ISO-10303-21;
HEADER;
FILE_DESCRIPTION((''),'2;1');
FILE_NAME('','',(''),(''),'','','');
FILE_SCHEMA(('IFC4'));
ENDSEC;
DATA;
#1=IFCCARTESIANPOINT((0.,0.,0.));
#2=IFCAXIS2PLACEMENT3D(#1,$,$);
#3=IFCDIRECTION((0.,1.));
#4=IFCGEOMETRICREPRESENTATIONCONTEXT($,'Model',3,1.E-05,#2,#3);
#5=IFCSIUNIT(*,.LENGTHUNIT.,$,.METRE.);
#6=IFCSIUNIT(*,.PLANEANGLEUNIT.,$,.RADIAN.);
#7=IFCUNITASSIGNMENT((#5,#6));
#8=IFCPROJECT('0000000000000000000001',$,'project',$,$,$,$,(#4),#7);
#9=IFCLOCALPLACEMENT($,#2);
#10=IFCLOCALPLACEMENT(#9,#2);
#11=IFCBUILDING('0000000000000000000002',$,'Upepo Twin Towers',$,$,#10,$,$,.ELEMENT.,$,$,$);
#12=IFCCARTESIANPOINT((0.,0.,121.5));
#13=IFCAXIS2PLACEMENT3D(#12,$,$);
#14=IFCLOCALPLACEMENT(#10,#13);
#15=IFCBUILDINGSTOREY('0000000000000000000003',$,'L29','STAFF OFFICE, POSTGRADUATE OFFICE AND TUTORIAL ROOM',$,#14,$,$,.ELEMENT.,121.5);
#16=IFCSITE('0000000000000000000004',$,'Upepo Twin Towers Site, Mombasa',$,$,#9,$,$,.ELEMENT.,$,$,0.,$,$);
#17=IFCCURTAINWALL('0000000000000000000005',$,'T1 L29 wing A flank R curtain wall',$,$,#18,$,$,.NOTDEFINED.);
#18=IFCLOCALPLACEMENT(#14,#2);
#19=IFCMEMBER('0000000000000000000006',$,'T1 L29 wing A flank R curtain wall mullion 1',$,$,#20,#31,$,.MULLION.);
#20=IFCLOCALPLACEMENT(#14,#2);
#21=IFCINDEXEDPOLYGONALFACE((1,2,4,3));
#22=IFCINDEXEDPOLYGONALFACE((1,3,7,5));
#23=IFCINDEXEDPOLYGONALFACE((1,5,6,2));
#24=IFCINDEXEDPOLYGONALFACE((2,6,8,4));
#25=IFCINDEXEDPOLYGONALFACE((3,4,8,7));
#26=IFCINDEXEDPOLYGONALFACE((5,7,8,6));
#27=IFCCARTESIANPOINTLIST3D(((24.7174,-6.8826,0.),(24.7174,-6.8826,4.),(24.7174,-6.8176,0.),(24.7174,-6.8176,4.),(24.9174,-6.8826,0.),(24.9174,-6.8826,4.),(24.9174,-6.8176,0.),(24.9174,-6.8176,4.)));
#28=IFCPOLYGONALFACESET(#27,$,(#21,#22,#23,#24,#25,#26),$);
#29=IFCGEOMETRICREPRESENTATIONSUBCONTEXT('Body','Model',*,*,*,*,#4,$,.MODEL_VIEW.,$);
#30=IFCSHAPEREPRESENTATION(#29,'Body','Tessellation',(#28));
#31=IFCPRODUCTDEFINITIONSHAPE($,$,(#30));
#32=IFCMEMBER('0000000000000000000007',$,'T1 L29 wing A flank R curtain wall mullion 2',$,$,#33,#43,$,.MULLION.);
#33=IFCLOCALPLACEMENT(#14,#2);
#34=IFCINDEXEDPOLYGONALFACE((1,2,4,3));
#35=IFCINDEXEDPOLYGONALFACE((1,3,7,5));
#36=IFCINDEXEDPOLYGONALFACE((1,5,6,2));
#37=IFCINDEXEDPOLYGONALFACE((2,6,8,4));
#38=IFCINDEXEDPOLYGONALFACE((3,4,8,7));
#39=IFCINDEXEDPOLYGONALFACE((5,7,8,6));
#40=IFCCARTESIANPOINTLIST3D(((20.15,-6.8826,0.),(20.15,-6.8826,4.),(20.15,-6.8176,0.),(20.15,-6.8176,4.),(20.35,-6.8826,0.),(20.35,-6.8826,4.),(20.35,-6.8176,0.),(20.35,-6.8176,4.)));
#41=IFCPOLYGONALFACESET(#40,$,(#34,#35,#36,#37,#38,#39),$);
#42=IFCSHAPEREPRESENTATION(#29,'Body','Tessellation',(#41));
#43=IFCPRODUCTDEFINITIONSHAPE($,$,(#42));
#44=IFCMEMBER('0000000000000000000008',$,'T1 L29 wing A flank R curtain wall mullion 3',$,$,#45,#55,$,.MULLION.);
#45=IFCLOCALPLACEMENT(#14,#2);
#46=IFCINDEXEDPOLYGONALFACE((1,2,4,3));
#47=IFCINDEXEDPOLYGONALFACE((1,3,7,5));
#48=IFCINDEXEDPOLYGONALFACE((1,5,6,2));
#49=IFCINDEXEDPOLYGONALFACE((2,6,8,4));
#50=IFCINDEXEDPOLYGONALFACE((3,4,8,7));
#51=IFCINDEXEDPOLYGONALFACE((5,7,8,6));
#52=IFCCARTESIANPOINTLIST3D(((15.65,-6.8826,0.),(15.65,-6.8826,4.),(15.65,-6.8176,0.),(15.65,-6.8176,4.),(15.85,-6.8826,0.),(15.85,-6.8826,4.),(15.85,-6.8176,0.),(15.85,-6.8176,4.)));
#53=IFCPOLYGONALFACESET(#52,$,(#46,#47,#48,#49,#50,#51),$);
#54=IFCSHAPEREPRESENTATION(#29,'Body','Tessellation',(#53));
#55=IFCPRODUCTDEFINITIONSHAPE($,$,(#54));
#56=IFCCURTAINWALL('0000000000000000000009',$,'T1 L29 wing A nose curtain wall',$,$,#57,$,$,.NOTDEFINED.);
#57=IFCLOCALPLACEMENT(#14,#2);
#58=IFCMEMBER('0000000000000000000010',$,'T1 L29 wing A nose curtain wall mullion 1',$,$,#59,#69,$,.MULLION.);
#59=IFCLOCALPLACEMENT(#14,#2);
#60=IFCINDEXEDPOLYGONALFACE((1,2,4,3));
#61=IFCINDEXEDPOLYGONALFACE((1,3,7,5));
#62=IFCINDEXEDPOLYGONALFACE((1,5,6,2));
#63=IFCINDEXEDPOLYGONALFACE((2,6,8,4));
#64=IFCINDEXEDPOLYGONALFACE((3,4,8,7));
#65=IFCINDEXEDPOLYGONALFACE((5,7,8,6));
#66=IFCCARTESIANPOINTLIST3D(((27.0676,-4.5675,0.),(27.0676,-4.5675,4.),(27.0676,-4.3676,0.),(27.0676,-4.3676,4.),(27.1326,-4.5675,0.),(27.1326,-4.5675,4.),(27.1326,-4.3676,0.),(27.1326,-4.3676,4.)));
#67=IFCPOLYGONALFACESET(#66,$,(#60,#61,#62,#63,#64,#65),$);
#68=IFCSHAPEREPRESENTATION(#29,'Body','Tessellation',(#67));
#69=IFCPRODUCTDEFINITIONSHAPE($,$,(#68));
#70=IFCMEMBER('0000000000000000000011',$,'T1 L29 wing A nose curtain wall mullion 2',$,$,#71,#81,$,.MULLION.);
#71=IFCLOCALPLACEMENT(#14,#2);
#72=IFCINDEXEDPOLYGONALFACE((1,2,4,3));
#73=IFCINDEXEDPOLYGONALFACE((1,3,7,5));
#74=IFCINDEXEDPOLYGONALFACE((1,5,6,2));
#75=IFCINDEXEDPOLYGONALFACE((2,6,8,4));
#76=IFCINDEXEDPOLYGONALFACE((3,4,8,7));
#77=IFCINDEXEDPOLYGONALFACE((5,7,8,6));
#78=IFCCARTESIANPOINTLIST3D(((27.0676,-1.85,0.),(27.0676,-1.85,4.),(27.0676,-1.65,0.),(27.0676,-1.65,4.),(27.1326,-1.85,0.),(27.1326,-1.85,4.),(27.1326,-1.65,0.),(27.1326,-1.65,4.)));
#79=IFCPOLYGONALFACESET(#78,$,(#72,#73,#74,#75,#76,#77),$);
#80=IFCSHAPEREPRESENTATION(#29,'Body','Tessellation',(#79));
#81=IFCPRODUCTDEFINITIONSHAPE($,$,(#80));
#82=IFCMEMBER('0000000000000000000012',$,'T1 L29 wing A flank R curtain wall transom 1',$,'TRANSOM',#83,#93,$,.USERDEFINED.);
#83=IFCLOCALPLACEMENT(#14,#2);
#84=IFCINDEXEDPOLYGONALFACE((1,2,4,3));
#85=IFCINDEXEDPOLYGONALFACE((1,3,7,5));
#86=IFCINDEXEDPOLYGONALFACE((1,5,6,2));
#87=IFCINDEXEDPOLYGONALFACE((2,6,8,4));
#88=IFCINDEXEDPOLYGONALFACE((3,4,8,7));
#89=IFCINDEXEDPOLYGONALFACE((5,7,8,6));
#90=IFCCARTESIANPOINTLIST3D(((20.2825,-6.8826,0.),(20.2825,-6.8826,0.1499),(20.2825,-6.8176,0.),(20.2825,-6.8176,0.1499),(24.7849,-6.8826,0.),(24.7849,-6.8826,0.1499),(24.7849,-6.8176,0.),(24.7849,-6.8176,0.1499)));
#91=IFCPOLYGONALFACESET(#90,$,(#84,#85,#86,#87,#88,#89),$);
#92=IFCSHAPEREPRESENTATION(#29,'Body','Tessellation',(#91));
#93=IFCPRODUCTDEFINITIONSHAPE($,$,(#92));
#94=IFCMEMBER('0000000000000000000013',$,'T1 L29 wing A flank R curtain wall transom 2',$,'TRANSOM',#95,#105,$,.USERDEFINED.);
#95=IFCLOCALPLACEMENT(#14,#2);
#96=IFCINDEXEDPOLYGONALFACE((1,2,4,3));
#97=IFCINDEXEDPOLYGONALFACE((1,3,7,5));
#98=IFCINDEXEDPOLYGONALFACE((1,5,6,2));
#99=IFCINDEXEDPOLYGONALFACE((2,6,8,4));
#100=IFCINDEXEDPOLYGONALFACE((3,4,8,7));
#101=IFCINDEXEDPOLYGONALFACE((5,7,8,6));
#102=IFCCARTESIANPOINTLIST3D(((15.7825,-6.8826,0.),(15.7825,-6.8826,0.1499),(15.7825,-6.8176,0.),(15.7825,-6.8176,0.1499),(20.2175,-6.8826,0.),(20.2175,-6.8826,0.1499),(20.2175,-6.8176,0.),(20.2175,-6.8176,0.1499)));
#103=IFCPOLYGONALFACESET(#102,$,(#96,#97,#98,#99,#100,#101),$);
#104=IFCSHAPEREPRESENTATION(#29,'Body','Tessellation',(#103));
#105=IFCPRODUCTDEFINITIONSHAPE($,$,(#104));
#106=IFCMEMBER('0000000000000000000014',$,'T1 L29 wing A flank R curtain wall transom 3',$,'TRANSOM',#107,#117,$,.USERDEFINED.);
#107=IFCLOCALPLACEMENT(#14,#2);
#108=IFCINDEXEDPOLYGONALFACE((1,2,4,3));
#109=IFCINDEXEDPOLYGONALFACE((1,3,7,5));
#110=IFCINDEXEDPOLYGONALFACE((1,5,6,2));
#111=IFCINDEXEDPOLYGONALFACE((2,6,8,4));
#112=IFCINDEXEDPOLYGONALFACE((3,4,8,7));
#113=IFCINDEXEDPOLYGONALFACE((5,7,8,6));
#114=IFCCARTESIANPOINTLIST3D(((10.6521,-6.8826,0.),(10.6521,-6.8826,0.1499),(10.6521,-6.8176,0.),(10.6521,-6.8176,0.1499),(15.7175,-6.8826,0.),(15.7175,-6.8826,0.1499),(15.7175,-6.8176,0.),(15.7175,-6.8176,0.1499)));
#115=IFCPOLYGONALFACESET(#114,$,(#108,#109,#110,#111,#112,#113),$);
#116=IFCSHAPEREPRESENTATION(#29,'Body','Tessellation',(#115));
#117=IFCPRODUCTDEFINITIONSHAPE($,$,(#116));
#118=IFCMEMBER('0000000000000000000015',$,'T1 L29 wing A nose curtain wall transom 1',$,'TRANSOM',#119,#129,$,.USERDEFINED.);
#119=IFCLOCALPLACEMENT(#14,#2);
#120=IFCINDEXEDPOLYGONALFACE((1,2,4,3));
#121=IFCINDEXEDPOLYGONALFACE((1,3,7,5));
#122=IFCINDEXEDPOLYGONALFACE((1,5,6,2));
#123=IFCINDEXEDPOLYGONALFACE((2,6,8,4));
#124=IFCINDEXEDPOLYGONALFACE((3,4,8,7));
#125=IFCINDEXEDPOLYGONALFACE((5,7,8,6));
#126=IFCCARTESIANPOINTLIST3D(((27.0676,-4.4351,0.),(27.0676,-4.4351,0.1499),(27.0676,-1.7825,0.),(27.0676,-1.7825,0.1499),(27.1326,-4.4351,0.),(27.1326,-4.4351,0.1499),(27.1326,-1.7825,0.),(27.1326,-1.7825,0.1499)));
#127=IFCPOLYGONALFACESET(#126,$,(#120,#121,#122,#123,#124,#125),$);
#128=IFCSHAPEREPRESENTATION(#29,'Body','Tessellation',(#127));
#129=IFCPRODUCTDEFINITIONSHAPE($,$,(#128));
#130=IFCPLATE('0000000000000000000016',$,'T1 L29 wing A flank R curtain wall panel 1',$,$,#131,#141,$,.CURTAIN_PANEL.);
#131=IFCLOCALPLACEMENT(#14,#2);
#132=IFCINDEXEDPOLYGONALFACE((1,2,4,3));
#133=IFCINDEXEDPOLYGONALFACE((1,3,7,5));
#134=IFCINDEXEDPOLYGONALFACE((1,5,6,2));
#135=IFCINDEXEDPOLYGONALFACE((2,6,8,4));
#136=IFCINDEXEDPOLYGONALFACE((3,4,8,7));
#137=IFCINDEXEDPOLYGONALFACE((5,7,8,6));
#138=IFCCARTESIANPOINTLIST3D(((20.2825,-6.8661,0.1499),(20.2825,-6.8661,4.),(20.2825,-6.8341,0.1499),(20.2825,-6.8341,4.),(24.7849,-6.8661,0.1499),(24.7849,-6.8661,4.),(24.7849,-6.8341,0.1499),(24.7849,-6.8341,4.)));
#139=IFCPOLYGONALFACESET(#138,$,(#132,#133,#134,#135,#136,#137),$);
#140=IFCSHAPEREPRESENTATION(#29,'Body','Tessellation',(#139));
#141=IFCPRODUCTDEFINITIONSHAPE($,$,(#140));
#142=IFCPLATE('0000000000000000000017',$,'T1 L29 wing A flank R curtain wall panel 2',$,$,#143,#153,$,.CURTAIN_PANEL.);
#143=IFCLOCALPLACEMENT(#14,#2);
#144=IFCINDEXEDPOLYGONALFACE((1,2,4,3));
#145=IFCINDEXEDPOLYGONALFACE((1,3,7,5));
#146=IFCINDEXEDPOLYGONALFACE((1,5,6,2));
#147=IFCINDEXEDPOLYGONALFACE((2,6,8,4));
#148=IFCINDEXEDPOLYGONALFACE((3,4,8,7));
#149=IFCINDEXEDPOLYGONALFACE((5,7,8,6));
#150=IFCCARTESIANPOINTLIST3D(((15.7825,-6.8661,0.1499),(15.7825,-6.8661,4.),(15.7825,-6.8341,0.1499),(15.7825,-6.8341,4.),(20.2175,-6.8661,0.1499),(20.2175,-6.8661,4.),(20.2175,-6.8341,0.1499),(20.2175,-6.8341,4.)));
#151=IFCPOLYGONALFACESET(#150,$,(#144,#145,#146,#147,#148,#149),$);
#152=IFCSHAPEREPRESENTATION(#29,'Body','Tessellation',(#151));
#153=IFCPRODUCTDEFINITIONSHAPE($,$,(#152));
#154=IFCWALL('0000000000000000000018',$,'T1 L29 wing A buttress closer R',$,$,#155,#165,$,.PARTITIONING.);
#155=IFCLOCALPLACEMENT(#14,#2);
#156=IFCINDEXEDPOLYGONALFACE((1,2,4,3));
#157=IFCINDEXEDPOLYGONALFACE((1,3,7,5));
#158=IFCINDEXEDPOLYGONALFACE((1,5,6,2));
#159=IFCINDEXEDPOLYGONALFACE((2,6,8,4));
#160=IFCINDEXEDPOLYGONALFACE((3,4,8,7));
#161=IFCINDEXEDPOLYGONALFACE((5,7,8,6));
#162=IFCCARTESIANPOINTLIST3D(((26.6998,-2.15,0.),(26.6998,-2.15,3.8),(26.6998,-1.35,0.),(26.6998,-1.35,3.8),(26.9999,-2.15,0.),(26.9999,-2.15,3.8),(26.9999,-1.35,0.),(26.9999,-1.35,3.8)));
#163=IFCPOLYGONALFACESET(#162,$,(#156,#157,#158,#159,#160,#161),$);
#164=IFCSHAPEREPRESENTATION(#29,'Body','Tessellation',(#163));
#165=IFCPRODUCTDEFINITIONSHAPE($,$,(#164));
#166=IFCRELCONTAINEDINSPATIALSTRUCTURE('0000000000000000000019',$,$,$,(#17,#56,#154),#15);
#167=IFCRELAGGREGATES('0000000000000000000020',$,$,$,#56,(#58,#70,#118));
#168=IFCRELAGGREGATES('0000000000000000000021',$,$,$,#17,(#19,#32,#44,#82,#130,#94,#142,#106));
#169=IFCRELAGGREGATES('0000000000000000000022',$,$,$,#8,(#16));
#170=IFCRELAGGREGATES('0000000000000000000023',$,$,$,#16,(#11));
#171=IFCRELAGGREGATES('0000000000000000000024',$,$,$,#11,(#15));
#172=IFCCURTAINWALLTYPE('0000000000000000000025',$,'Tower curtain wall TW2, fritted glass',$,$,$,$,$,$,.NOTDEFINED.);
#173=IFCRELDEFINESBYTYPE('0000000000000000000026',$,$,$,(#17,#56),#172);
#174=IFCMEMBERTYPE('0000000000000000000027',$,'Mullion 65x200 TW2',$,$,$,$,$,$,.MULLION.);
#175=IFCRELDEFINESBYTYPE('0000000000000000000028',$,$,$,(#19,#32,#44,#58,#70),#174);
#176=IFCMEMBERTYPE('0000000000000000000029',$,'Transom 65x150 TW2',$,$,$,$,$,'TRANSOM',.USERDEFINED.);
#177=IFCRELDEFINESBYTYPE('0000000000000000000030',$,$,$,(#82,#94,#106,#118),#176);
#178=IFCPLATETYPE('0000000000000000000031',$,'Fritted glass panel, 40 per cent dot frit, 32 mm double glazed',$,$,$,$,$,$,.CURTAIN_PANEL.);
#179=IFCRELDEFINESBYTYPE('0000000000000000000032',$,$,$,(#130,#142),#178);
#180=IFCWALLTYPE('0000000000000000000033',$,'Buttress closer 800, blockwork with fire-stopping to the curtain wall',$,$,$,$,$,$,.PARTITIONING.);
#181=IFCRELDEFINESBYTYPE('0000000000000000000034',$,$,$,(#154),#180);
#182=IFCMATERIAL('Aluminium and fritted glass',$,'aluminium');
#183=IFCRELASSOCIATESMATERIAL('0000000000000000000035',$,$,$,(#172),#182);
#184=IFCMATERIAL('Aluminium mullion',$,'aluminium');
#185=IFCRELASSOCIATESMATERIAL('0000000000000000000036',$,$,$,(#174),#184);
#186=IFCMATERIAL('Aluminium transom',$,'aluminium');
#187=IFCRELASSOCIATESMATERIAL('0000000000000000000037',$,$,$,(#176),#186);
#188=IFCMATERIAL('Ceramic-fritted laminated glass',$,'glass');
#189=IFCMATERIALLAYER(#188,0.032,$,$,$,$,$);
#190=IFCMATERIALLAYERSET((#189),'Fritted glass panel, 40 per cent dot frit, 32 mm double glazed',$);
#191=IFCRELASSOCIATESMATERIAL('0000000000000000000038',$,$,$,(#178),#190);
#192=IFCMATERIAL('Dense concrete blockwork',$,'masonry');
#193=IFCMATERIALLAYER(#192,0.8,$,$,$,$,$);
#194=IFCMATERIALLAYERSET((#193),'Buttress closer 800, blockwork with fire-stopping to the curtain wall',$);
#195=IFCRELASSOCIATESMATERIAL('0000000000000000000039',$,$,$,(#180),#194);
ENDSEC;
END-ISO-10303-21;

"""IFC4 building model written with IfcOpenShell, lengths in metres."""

from ifc_helpers import new_model, si_unit, direction, frame, frame_2d, origin, origin_2d, place, context, subcontext, project, spatial, rectangle, extrude, material, layer, layer_set, material_profile, profile_set, type_object, element, aggregate, save


model = new_model("IFC4")

# Units and contexts
model_context = context("Model", 3, precision=1e-05, world=origin(), true_north=direction((0.0, 1.0)))
body_context = subcontext(model_context, "Body", "Model", "MODEL_VIEW")
ifc_project = project(units=[si_unit("LENGTHUNIT", "METRE"), si_unit("PLANEANGLEUNIT", "RADIAN")], contexts=[model_context])

# Site, building, storey
site_placement = place(None, origin())
site = spatial("IfcSite", under=ifc_project, at=site_placement, Name="Upepo Twin Towers Site, Mombasa", CompositionType="ELEMENT", RefElevation=0.0)
building_placement = place(site_placement, origin())
building = spatial("IfcBuilding", under=site, at=building_placement, Name="Upepo Twin Towers", CompositionType="ELEMENT")
storey_placement = place(building_placement, frame((0.0, 0.0, 121.5)))
storey = spatial("IfcBuildingStorey", under=building, at=storey_placement, Name="L29", Description="STAFF OFFICE, POSTGRADUATE OFFICE AND TUTORIAL ROOM", CompositionType="ELEMENT", Elevation=121.5)

# Curtain walls, members
ifc_material_1 = material(Name="Aluminium and fritted glass", Category="aluminium")
curtain_wall_type = type_object("IfcCurtainWallType", Name="Tower curtain wall TW2, fritted glass", PredefinedType="NOTDEFINED", material=ifc_material_1)
curtain_wall_1_placement = place(storey_placement, origin())
curtain_wall_1 = element("IfcCurtainWall", 1, at=curtain_wall_1_placement, inside=storey, type_object=curtain_wall_type, Name="T1 L29 wing A flank R curtain wall", PredefinedType="NOTDEFINED")
ifc_material_2 = material(Name="Aluminium mullion", Category="aluminium")
ifc_material_profile_1 = material_profile(ifc_material_2, rectangle(XDim=0.0649, YDim=0.2, at=origin_2d()), Name="MULLION 65x200")
ifc_profile_set_1 = profile_set([ifc_material_profile_1], Name="Aluminium mullion")
member_type_1 = type_object("IfcMemberType", Name="Mullion 65x200 TW2", PredefinedType="MULLION", material=ifc_profile_set_1)
member_1_placement = place(storey_placement, frame((24.8174, -6.8501, 0.0), z_axis=(0.0, 0.0, 1.0), x_axis=(0.0, -1.0, 0.0)))
member_1 = element("IfcMember", 2, at=member_1_placement, type_object=member_type_1, Name="T1 L29 wing A flank R curtain wall mullion 1", PredefinedType="MULLION", context=body_context, shape_type="SweptSolid", body=[
    extrude(rectangle(XDim=0.0649, YDim=0.2, at=origin_2d()), origin(), (0.0, 0.0, 1.0), 4.0),
])
member_2_placement = place(storey_placement, frame((20.25, -6.8501, 0.0), z_axis=(0.0, 0.0, 1.0), x_axis=(0.0, -1.0, 0.0)))
member_2 = element("IfcMember", 3, at=member_2_placement, type_object=member_type_1, Name="T1 L29 wing A flank R curtain wall mullion 2", PredefinedType="MULLION", context=body_context, shape_type="SweptSolid", body=[
    extrude(rectangle(XDim=0.0649, YDim=0.2, at=origin_2d()), origin(), (0.0, 0.0, 1.0), 4.0),
])
member_3_placement = place(storey_placement, frame((15.75, -6.8501, 0.0), z_axis=(0.0, 0.0, 1.0), x_axis=(0.0, -1.0, 0.0)))
member_3 = element("IfcMember", 4, at=member_3_placement, type_object=member_type_1, Name="T1 L29 wing A flank R curtain wall mullion 3", PredefinedType="MULLION", context=body_context, shape_type="SweptSolid", body=[
    extrude(rectangle(XDim=0.0649, YDim=0.2, at=origin_2d()), origin(), (0.0, 0.0, 1.0), 4.0),
])
curtain_wall_2_placement = place(storey_placement, origin())
curtain_wall_2 = element("IfcCurtainWall", 5, at=curtain_wall_2_placement, inside=storey, type_object=curtain_wall_type, Name="T1 L29 wing A nose curtain wall", PredefinedType="NOTDEFINED")
member_4_placement = place(storey_placement, frame((27.1001, -4.4675, 0.0), z_axis=(0.0, 0.0, 1.0), x_axis=(-1.0, 0.0, 0.0)))
member_4 = element("IfcMember", 6, at=member_4_placement, type_object=member_type_1, Name="T1 L29 wing A nose curtain wall mullion 1", PredefinedType="MULLION", context=body_context, shape_type="SweptSolid", body=[
    extrude(rectangle(XDim=0.0649, YDim=0.2, at=origin_2d()), origin(), (0.0, 0.0, 1.0), 4.0),
])
member_5_placement = place(storey_placement, frame((27.1001, -1.75, 0.0), z_axis=(0.0, 0.0, 1.0), x_axis=(-1.0, 0.0, 0.0)))
member_5 = element("IfcMember", 7, at=member_5_placement, type_object=member_type_1, Name="T1 L29 wing A nose curtain wall mullion 2", PredefinedType="MULLION", context=body_context, shape_type="SweptSolid", body=[
    extrude(rectangle(XDim=0.0649, YDim=0.2, at=origin_2d()), origin(), (0.0, 0.0, 1.0), 4.0),
])

# Members
ifc_material_3 = material(Name="Aluminium transom", Category="aluminium")
ifc_material_profile_2 = material_profile(ifc_material_3, rectangle(XDim=0.0649, YDim=0.1499, at=origin_2d()), Name="TRANSOM 65x150")
ifc_profile_set_2 = profile_set([ifc_material_profile_2], Name="Aluminium transom")
member_type_2 = type_object("IfcMemberType", Name="Transom 65x150 TW2", ElementType="TRANSOM", PredefinedType="USERDEFINED", material=ifc_profile_set_2)
member_6_placement = place(storey_placement, frame((24.7849, -6.8501, 0.075), z_axis=(-1.0, 0.0, 0.0), x_axis=(0.0, -1.0, 0.0)))
member_6 = element("IfcMember", 8, at=member_6_placement, type_object=member_type_2, Name="T1 L29 wing A flank R curtain wall transom 1", ObjectType="TRANSOM", PredefinedType="USERDEFINED", context=body_context, shape_type="SweptSolid", body=[
    extrude(rectangle(XDim=0.0649, YDim=0.1499, at=origin_2d()), origin(), (0.0, 0.0, 1.0), 4.5024),
])
member_7_placement = place(storey_placement, frame((20.2175, -6.8501, 0.075), z_axis=(-1.0, 0.0, 0.0), x_axis=(0.0, -1.0, 0.0)))
member_7 = element("IfcMember", 9, at=member_7_placement, type_object=member_type_2, Name="T1 L29 wing A flank R curtain wall transom 2", ObjectType="TRANSOM", PredefinedType="USERDEFINED", context=body_context, shape_type="SweptSolid", body=[
    extrude(rectangle(XDim=0.0649, YDim=0.1499, at=origin_2d()), origin(), (0.0, 0.0, 1.0), 4.4351),
])
member_8_placement = place(storey_placement, frame((15.7175, -6.8501, 0.075), z_axis=(-1.0, 0.0, 0.0), x_axis=(0.0, -1.0, 0.0)))
member_8 = element("IfcMember", 10, at=member_8_placement, type_object=member_type_2, Name="T1 L29 wing A flank R curtain wall transom 3", ObjectType="TRANSOM", PredefinedType="USERDEFINED", context=body_context, shape_type="SweptSolid", body=[
    extrude(rectangle(XDim=0.0649, YDim=0.1499, at=origin_2d()), origin(), (0.0, 0.0, 1.0), 5.0654),
])
member_9_placement = place(storey_placement, frame((27.1001, -4.4351, 0.075), z_axis=(0.0, 1.0, 0.0), x_axis=(-1.0, 0.0, 0.0)))
member_9 = element("IfcMember", 11, at=member_9_placement, type_object=member_type_2, Name="T1 L29 wing A nose curtain wall transom 1", ObjectType="TRANSOM", PredefinedType="USERDEFINED", context=body_context, shape_type="SweptSolid", body=[
    extrude(rectangle(XDim=0.0649, YDim=0.1499, at=origin_2d()), origin(), (0.0, 0.0, 1.0), 2.6526),
])
aggregate(curtain_wall_2, [member_4, member_5, member_9])

# Plates
ifc_material_4 = material(Name="Ceramic-fritted laminated glass", Category="glass")
ifc_layer_1 = layer(ifc_material_4, 0.032)
ifc_layer_set_1 = layer_set([ifc_layer_1], Name="Fritted glass panel, 40 per cent dot frit, 32 mm double glazed")
plate_type = type_object("IfcPlateType", Name="Fritted glass panel, 40 per cent dot frit, 32 mm double glazed", PredefinedType="CURTAIN_PANEL", material=ifc_layer_set_1)
plate_1_placement = place(storey_placement, frame((22.5337, -6.8501, 0.1499), z_axis=(0.0, 0.0, 1.0), x_axis=(-1.0, 0.0, 0.0)))
plate_1 = element("IfcPlate", 12, at=plate_1_placement, type_object=plate_type, Name="T1 L29 wing A flank R curtain wall panel 1", PredefinedType="CURTAIN_PANEL", context=body_context, shape_type="SweptSolid", body=[
    extrude(rectangle(XDim=4.5024, YDim=0.032, at=origin_2d()), origin(), (0.0, 0.0, 1.0), 3.8501),
])
plate_2_placement = place(storey_placement, frame((18.0, -6.8501, 0.1499), z_axis=(0.0, 0.0, 1.0), x_axis=(-1.0, 0.0, 0.0)))
plate_2 = element("IfcPlate", 13, at=plate_2_placement, type_object=plate_type, Name="T1 L29 wing A flank R curtain wall panel 2", PredefinedType="CURTAIN_PANEL", context=body_context, shape_type="SweptSolid", body=[
    extrude(rectangle(XDim=4.4351, YDim=0.032, at=origin_2d()), origin(), (0.0, 0.0, 1.0), 3.8501),
])
aggregate(curtain_wall_1, [member_1, member_2, member_3, member_6, plate_1, member_7, plate_2, member_8])

# Wall
ifc_material_5 = material(Name="Dense concrete blockwork", Category="masonry")
ifc_layer_2 = layer(ifc_material_5, 0.8)
ifc_layer_set_2 = layer_set([ifc_layer_2], Name="Buttress closer 800, blockwork with fire-stopping to the curtain wall")
wall_type_1 = type_object("IfcWallType", Name="Buttress closer 800, blockwork with fire-stopping to the curtain wall", PredefinedType="PARTITIONING", material=ifc_layer_set_2)
wall_1_placement = place(storey_placement, frame((26.7, -1.75, 0.0), z_axis=(0.0, 0.0, 1.0), x_axis=(1.0, 0.0, 0.0)))
element("IfcWall", 14, at=wall_1_placement, inside=storey, type_object=wall_type_1, Name="T1 L29 wing A buttress closer R", PredefinedType="PARTITIONING", context=body_context, shape_type="SweptSolid", body=[
    extrude(rectangle(XDim=0.3, YDim=0.8, at=frame_2d((0.1499, 0.0))), origin(), (0.0, 0.0, 1.0), 3.8),
])

save(model, "model.ifc")
